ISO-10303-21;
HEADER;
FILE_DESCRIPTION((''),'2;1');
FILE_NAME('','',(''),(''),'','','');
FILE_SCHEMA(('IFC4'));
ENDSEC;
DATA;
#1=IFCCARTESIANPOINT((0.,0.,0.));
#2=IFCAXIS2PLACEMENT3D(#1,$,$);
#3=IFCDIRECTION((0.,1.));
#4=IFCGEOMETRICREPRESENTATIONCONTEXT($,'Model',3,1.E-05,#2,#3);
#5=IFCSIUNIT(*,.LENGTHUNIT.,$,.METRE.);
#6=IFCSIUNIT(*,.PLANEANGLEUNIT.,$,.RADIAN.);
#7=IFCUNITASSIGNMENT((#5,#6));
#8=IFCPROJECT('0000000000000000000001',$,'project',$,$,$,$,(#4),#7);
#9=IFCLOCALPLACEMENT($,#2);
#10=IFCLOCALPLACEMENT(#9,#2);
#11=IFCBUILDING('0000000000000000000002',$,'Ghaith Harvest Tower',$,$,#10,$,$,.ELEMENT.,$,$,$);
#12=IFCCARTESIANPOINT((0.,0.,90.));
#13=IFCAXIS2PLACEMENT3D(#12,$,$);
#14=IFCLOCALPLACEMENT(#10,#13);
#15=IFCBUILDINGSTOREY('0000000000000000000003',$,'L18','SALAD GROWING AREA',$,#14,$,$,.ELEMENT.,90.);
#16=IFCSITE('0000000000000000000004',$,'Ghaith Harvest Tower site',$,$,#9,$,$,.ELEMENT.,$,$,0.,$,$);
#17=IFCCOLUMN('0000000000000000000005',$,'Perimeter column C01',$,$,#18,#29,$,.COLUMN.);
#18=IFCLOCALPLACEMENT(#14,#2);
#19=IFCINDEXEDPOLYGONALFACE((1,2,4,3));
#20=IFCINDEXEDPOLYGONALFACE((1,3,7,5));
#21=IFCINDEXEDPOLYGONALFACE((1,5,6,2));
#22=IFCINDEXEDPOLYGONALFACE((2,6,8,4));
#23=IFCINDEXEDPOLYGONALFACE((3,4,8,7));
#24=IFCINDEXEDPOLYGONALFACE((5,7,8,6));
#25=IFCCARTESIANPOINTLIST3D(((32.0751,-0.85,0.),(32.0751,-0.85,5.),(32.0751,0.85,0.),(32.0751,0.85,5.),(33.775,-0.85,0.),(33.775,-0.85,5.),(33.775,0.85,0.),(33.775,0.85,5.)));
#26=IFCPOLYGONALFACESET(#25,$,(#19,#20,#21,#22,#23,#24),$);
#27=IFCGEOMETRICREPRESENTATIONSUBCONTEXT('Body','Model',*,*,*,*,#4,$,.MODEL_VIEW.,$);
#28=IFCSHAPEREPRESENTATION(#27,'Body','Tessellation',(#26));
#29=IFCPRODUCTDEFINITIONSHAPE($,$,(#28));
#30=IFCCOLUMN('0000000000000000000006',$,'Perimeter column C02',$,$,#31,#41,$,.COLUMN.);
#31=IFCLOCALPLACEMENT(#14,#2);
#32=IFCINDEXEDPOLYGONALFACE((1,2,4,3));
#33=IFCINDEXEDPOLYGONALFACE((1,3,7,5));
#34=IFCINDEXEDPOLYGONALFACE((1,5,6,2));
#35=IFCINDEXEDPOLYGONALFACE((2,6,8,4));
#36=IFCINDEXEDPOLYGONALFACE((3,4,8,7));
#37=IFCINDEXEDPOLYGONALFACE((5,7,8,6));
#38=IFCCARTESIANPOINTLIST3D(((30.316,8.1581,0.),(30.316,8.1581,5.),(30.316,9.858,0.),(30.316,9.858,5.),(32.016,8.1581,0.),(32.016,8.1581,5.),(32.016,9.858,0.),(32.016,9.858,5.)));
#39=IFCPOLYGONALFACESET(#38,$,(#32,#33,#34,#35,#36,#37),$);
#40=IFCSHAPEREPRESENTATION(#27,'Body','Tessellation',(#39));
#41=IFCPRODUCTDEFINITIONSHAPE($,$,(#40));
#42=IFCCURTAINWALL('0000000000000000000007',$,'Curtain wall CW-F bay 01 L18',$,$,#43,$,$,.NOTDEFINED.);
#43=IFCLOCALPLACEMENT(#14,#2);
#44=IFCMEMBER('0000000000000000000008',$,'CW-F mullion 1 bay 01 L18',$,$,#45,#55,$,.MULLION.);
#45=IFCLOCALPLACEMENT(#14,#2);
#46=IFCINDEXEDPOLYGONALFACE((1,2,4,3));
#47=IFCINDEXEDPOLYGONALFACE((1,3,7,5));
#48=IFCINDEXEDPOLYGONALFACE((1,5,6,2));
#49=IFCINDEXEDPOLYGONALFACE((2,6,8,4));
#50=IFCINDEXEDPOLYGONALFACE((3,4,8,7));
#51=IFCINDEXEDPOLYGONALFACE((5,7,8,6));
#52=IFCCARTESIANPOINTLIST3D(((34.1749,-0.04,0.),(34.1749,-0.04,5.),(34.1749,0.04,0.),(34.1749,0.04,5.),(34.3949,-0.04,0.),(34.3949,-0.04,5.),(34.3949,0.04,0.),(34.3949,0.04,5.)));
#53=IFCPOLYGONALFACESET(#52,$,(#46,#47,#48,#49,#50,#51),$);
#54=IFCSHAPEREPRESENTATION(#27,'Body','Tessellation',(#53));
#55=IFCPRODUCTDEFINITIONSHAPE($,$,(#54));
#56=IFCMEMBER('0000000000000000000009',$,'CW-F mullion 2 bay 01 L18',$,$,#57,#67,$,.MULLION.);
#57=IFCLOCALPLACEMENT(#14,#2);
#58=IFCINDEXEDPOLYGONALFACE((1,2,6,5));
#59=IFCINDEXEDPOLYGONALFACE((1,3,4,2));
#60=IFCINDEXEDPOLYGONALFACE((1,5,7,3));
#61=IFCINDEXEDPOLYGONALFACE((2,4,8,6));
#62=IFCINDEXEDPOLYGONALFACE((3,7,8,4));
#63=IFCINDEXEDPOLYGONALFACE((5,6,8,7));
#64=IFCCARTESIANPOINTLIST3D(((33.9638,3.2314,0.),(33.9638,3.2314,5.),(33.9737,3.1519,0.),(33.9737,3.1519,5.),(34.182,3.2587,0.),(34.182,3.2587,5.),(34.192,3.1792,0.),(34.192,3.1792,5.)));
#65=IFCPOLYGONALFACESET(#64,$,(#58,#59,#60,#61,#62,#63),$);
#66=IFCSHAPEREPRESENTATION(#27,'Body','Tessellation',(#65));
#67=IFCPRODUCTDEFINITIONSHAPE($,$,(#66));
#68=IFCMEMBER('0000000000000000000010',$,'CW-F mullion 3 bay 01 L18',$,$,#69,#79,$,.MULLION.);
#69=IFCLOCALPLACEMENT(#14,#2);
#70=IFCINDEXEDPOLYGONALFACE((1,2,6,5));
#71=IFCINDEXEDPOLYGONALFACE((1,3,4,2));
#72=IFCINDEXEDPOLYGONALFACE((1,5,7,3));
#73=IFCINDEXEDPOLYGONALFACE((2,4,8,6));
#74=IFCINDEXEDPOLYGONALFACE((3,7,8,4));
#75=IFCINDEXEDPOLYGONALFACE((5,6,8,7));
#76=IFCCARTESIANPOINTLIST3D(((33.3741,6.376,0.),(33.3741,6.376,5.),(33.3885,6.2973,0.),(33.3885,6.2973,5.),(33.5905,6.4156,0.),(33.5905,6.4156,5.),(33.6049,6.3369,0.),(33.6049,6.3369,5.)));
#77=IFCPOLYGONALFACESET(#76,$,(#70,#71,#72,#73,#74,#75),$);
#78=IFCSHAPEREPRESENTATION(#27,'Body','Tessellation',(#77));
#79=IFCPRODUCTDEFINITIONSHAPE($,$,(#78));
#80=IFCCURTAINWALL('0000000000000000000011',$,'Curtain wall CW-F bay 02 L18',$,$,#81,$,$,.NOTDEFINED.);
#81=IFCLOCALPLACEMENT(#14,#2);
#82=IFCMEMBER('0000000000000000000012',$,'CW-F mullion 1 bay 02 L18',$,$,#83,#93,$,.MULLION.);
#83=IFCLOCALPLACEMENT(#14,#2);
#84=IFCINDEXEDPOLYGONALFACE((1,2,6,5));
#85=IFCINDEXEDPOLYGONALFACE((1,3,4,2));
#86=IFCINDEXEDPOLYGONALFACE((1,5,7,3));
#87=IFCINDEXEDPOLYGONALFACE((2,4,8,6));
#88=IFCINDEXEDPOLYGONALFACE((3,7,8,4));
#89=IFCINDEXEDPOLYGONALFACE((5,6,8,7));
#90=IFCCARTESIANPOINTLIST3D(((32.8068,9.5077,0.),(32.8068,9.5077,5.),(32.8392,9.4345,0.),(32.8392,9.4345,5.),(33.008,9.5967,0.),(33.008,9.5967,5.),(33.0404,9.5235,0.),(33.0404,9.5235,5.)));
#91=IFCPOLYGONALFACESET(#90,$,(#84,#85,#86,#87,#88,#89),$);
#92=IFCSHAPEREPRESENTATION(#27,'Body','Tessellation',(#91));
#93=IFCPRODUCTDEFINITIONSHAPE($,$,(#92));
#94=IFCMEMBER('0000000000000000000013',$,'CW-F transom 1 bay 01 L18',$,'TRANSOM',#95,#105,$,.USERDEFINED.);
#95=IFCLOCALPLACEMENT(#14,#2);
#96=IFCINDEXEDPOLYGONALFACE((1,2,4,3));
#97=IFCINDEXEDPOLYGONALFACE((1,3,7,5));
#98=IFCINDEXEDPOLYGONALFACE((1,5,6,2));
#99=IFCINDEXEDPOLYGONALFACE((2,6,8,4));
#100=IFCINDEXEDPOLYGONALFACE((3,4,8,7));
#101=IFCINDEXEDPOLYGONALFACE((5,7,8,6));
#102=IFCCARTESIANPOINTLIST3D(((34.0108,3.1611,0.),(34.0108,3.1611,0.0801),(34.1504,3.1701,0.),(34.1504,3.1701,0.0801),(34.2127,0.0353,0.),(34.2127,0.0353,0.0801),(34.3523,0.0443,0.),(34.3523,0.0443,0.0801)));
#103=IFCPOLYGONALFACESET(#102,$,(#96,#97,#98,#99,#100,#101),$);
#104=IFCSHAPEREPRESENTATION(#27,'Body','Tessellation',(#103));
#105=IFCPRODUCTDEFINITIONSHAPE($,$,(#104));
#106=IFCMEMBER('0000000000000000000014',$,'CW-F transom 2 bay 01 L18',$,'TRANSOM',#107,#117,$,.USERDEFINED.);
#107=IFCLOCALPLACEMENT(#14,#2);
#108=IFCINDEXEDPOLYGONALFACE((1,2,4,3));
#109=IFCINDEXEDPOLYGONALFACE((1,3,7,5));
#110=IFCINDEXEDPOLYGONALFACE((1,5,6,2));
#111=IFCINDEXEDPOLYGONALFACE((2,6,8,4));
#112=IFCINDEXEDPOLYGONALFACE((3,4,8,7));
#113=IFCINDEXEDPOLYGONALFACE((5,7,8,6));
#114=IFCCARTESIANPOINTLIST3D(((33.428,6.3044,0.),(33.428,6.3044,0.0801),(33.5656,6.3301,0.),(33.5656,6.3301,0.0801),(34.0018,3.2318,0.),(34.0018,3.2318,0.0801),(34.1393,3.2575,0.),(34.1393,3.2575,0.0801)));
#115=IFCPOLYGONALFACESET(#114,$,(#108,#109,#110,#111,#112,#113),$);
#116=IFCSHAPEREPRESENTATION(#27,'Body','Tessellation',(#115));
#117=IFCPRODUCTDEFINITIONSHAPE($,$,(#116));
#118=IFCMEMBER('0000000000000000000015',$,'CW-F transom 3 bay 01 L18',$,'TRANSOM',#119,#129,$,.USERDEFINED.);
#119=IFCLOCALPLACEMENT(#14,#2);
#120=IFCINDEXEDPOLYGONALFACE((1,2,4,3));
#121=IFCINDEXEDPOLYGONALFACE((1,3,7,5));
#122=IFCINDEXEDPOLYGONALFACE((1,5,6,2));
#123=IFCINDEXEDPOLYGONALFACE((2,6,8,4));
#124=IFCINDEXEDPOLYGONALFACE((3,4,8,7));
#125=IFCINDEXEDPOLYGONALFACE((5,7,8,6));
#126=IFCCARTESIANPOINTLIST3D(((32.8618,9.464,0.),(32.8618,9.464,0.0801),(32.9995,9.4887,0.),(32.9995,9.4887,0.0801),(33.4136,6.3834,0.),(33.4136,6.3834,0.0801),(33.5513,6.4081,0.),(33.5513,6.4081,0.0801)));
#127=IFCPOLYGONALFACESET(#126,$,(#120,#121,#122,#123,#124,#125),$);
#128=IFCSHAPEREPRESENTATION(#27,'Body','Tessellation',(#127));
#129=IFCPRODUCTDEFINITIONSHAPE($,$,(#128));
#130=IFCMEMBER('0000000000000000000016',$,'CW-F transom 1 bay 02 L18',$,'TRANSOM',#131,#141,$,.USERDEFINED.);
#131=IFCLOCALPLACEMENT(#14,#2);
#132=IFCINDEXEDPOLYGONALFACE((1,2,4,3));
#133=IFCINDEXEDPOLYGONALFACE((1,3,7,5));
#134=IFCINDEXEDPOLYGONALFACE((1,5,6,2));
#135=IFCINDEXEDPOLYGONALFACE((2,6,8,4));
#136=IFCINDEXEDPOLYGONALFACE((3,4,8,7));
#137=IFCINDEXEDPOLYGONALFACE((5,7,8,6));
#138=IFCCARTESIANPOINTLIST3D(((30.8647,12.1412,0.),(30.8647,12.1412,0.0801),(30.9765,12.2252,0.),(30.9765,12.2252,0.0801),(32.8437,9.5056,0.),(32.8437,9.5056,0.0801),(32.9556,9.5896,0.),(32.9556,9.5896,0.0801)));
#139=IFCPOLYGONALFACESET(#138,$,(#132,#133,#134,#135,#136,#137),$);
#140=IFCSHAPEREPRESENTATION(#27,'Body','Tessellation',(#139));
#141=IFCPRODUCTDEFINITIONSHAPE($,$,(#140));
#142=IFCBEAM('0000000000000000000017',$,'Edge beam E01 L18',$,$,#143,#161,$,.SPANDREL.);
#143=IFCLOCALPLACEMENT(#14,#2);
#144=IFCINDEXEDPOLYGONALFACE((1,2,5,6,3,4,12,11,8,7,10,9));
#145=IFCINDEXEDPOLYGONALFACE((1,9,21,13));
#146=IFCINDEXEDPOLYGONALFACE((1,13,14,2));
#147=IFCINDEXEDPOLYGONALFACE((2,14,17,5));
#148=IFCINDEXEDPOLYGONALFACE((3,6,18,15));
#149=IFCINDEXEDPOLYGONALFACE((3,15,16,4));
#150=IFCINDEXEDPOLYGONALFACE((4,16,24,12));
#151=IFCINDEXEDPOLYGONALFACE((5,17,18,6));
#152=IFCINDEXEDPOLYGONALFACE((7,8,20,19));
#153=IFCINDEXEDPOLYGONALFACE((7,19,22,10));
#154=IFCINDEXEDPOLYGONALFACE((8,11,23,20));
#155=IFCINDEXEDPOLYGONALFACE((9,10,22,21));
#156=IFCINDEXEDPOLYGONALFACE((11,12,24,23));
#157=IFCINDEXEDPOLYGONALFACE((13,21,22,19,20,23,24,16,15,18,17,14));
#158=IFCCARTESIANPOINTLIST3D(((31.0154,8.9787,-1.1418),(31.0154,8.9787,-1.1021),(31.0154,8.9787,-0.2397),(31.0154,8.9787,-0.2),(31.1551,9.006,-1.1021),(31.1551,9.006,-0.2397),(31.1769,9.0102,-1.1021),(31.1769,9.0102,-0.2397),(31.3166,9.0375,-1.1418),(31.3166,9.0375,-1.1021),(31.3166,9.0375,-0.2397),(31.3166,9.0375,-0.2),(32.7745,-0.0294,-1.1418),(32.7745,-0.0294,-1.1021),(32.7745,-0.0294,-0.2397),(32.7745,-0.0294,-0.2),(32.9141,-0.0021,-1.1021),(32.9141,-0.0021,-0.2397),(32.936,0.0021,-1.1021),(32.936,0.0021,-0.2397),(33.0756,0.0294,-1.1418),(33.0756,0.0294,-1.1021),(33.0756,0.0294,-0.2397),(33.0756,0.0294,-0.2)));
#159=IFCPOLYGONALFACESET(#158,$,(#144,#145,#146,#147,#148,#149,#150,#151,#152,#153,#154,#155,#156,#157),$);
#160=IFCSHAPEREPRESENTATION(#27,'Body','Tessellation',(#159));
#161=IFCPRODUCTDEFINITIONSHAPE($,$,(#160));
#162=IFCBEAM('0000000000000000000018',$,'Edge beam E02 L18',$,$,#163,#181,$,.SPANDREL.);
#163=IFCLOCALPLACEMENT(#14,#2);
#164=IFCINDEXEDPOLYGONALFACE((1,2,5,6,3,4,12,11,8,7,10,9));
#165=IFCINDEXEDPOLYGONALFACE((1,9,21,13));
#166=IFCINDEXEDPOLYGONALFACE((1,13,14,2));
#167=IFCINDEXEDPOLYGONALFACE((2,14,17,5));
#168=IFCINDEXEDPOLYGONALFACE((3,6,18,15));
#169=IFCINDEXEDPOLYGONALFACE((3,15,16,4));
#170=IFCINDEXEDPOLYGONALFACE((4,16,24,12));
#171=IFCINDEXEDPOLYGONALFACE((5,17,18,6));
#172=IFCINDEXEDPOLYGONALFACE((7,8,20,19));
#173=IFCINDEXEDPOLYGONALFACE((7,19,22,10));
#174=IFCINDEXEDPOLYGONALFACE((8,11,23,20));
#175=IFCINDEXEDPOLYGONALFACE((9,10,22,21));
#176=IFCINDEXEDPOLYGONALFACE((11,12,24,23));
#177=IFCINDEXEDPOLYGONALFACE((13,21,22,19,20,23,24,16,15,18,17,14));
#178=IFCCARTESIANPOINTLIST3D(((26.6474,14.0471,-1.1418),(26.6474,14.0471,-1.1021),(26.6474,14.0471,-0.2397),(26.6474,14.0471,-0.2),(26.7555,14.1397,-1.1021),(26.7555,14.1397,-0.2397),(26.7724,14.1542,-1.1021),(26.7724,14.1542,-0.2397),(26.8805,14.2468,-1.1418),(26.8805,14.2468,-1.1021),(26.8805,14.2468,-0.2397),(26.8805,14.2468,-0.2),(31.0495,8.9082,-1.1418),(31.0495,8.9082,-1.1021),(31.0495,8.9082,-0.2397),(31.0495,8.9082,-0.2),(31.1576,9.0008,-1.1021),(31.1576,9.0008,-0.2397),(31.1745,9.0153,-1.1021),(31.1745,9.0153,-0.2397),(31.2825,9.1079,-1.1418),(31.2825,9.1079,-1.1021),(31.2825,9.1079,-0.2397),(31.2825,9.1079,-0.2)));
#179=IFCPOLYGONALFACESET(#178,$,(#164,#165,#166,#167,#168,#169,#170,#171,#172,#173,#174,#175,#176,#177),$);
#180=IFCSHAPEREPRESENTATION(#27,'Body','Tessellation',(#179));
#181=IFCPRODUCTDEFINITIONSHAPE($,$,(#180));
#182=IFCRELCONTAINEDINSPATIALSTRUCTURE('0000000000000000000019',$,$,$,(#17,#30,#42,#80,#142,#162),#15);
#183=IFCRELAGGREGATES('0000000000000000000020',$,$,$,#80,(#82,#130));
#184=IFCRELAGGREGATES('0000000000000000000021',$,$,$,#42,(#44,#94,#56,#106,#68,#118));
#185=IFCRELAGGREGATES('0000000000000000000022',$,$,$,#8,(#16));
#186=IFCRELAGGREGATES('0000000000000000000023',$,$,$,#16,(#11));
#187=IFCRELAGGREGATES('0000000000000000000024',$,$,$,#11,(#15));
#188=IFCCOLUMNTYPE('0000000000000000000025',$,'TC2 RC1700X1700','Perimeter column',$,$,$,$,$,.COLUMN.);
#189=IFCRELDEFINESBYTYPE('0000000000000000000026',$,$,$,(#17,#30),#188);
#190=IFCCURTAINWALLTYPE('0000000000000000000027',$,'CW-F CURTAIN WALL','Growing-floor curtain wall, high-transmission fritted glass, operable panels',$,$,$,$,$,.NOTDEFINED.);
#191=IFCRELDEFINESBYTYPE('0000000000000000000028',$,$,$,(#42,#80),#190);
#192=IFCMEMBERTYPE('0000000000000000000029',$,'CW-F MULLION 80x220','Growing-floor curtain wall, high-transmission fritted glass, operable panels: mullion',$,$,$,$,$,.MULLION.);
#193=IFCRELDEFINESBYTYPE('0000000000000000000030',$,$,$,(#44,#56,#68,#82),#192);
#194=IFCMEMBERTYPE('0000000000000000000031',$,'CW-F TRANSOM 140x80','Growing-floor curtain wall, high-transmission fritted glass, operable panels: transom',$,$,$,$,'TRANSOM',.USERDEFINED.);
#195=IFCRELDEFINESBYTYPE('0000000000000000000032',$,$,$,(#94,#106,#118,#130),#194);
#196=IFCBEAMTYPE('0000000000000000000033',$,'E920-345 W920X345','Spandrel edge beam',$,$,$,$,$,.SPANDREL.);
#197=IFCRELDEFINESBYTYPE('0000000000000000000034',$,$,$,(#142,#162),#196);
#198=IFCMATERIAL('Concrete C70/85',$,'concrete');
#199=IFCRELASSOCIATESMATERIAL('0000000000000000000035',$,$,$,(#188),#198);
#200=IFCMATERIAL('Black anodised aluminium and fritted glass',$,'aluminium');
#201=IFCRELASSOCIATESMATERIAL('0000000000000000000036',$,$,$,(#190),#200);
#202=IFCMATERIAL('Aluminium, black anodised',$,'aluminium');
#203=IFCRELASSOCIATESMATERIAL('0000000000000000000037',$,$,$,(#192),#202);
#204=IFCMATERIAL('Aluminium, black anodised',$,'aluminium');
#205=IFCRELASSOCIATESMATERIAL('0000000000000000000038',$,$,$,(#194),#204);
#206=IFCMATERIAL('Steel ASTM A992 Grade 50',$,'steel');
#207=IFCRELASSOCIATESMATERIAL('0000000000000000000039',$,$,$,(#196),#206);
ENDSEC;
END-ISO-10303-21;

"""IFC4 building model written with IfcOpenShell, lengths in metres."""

from ifc_helpers import new_model, si_unit, direction, frame, origin, origin_2d, place, context, subcontext, project, spatial, rectangle, i_section, extrude, material, material_profile, profile_set, type_object, element, aggregate, save


model = new_model("IFC4")

# Units and contexts
model_context = context("Model", 3, precision=1e-05, world=origin(), true_north=direction((0.0, 1.0)))
body_context = subcontext(model_context, "Body", "Model", "MODEL_VIEW")
ifc_project = project(units=[si_unit("LENGTHUNIT", "METRE"), si_unit("PLANEANGLEUNIT", "RADIAN")], contexts=[model_context])

# Site, building, storey
site_placement = place(None, origin())
site = spatial("IfcSite", under=ifc_project, at=site_placement, Name="Ghaith Harvest Tower site", CompositionType="ELEMENT", RefElevation=0.0)
building_placement = place(site_placement, origin())
building = spatial("IfcBuilding", under=site, at=building_placement, Name="Ghaith Harvest Tower", CompositionType="ELEMENT")
storey_placement = place(building_placement, frame((0.0, 0.0, 90.0)))
storey = spatial("IfcBuildingStorey", under=building, at=storey_placement, Name="L18", Description="SALAD GROWING AREA", CompositionType="ELEMENT", Elevation=90.0)

# Columns
ifc_material_1 = material(Name="Concrete C70/85", Category="concrete")
ifc_material_profile_1 = material_profile(ifc_material_1, rectangle(XDim=1.7, YDim=1.7, at=origin_2d()), Name="RC1700X1700")
ifc_profile_set_1 = profile_set([ifc_material_profile_1], Name="Concrete C70/85")
column_type = type_object("IfcColumnType", Name="TC2 RC1700X1700", Description="Perimeter column", PredefinedType="COLUMN", material=ifc_profile_set_1)
for number, where, z_axis, x_axis, name in (
    (1, (32.925, 0.0, 0.0), (0.0, 0.0, 1.0), (1.0, 0.0, 0.0), "Perimeter column C01"),
    (2, (31.166, 9.0081, 0.0), (0.0, 0.0, 1.0), (1.0, 0.0, 0.0), "Perimeter column C02"),
):
    element("IfcColumn", number, at=place(storey_placement, frame(where, z_axis=z_axis, x_axis=x_axis)), inside=storey, type_object=column_type, Name=name, PredefinedType="COLUMN", context=body_context, shape_type="SweptSolid", body=[
        extrude(rectangle(XDim=1.7, YDim=1.7, at=origin_2d()), origin(), (0.0, 0.0, 1.0), 5.0),
    ])

# Curtain wall, members
ifc_material_2 = material(Name="Black anodised aluminium and fritted glass", Category="aluminium")
curtain_wall_type = type_object("IfcCurtainWallType", Name="CW-F CURTAIN WALL", Description="Growing-floor curtain wall, high-transmission fritted glass, operable panels", PredefinedType="NOTDEFINED", material=ifc_material_2)
curtain_wall_1_placement = place(storey_placement, origin())
curtain_wall_1 = element("IfcCurtainWall", 3, at=curtain_wall_1_placement, inside=storey, type_object=curtain_wall_type, Name="Curtain wall CW-F bay 01 L18", PredefinedType="NOTDEFINED")
ifc_material_3 = material(Name="Aluminium, black anodised", Category="aluminium")
ifc_material_profile_2 = material_profile(ifc_material_3, rectangle(XDim=0.0801, YDim=0.22, at=origin_2d()), Name="CW-F MULLION 80x220")
ifc_profile_set_2 = profile_set([ifc_material_profile_2], Name="Aluminium, black anodised")
member_type_1 = type_object("IfcMemberType", Name="CW-F MULLION 80x220", Description="Growing-floor curtain wall, high-transmission fritted glass, operable panels: mullion", PredefinedType="MULLION", material=ifc_profile_set_2)
member_1_placement = place(storey_placement, frame((34.2849, 0.0, 0.0), z_axis=(0.0, 0.0, 1.0), x_axis=(0.0, 1.0, 0.0)))
member_1 = element("IfcMember", 4, at=member_1_placement, type_object=member_type_1, Name="CW-F mullion 1 bay 01 L18", PredefinedType="MULLION", context=body_context, shape_type="SweptSolid", body=[
    extrude(rectangle(XDim=0.0801, YDim=0.22, at=origin_2d()), origin(), (0.0, 0.0, 1.0), 5.0),
])
member_2_placement = place(storey_placement, frame((34.0779, 3.2053, 0.0), z_axis=(0.0, 0.0, 1.0), x_axis=(-0.12417, 0.992261, 0.0)))
member_2 = element("IfcMember", 5, at=member_2_placement, type_object=member_type_1, Name="CW-F mullion 2 bay 01 L18", PredefinedType="MULLION", context=body_context, shape_type="SweptSolid", body=[
    extrude(rectangle(XDim=0.0801, YDim=0.22, at=origin_2d()), origin(), (0.0, 0.0, 1.0), 5.0),
])
member_3_placement = place(storey_placement, frame((33.4895, 6.3564, 0.0), z_axis=(0.0, 0.0, 1.0), x_axis=(-0.179943, 0.983677, 0.0)))
member_3 = element("IfcMember", 6, at=member_3_placement, type_object=member_type_1, Name="CW-F mullion 3 bay 01 L18", PredefinedType="MULLION", context=body_context, shape_type="SweptSolid", body=[
    extrude(rectangle(XDim=0.0801, YDim=0.22, at=origin_2d()), origin(), (0.0, 0.0, 1.0), 5.0),
])

# Curtain wall, member
curtain_wall_2_placement = place(storey_placement, origin())
curtain_wall_2 = element("IfcCurtainWall", 7, at=curtain_wall_2_placement, inside=storey, type_object=curtain_wall_type, Name="Curtain wall CW-F bay 02 L18", PredefinedType="NOTDEFINED")
member_4_placement = place(storey_placement, frame((32.9236, 9.5156, 0.0), z_axis=(0.0, 0.0, 1.0), x_axis=(-0.404702, 0.914449, 0.0)))
member_4 = element("IfcMember", 8, at=member_4_placement, type_object=member_type_1, Name="CW-F mullion 1 bay 02 L18", PredefinedType="MULLION", context=body_context, shape_type="SweptSolid", body=[
    extrude(rectangle(XDim=0.0801, YDim=0.22, at=origin_2d()), origin(), (0.0, 0.0, 1.0), 5.0),
])

# Members
ifc_material_4 = material(Name="Aluminium, black anodised", Category="aluminium")
ifc_material_profile_3 = material_profile(ifc_material_4, rectangle(XDim=0.1399, YDim=0.0801, at=origin_2d()), Name="CW-F TRANSOM 140x80")
ifc_profile_set_3 = profile_set([ifc_material_profile_3], Name="Aluminium, black anodised")
member_type_2 = type_object("IfcMemberType", Name="CW-F TRANSOM 140x80", Description="Growing-floor curtain wall, high-transmission fritted glass, operable panels: transom", ElementType="TRANSOM", PredefinedType="USERDEFINED", material=ifc_profile_set_3)
member_5_placement = place(storey_placement, frame((34.2825, 0.0398, 0.04), z_axis=(-0.06446, 0.99792, 0.0), x_axis=(-0.99792, -0.06446, 0.0)))
member_5 = element("IfcMember", 9, at=member_5_placement, type_object=member_type_2, Name="CW-F transom 1 bay 01 L18", ObjectType="TRANSOM", PredefinedType="USERDEFINED", context=body_context, shape_type="SweptSolid", body=[
    extrude(rectangle(XDim=0.1399, YDim=0.0801, at=origin_2d()), origin(), (0.0, 0.0, 1.0), 3.1323),
])
member_6_placement = place(storey_placement, frame((34.0706, 3.2446, 0.04), z_axis=(-0.183557, 0.983009, 0.0), x_axis=(-0.983009, -0.183557, 0.0)))
member_6 = element("IfcMember", 10, at=member_6_placement, type_object=member_type_2, Name="CW-F transom 2 bay 01 L18", ObjectType="TRANSOM", PredefinedType="USERDEFINED", context=body_context, shape_type="SweptSolid", body=[
    extrude(rectangle(XDim=0.1399, YDim=0.0801, at=origin_2d()), origin(), (0.0, 0.0, 1.0), 3.1257),
])
member_7_placement = place(storey_placement, frame((33.4824, 6.3958, 0.04), z_axis=(-0.176304, 0.984336, 0.0), x_axis=(-0.984336, -0.176304, 0.0)))
member_7 = element("IfcMember", 11, at=member_7_placement, type_object=member_type_2, Name="CW-F transom 3 bay 01 L18", ObjectType="TRANSOM", PredefinedType="USERDEFINED", context=body_context, shape_type="SweptSolid", body=[
    extrude(rectangle(XDim=0.1399, YDim=0.0801, at=origin_2d()), origin(), (0.0, 0.0, 1.0), 3.1296),
])
member_8_placement = place(storey_placement, frame((32.8997, 9.5476, 0.04), z_axis=(-0.600462, 0.799653, 0.0), x_axis=(-0.799653, -0.600462, 0.0)))
member_8 = element("IfcMember", 12, at=member_8_placement, type_object=member_type_2, Name="CW-F transom 1 bay 02 L18", ObjectType="TRANSOM", PredefinedType="USERDEFINED", context=body_context, shape_type="SweptSolid", body=[
    extrude(rectangle(XDim=0.1399, YDim=0.0801, at=origin_2d()), origin(), (0.0, 0.0, 1.0), 3.2959),
])
aggregate(curtain_wall_2, [member_4, member_8])

# Beams
ifc_material_5 = material(Name="Steel ASTM A992 Grade 50", Category="steel")
ifc_material_profile_4 = material_profile(ifc_material_5, i_section(OverallWidth=0.3069, OverallDepth=0.9419, WebThickness=0.0222, FlangeThickness=0.0398, at=origin_2d()), Name="W920X345")
ifc_profile_set_4 = profile_set([ifc_material_profile_4], Name="Steel ASTM A992 Grade 50")
beam_type_1 = type_object("IfcBeamType", Name="E920-345 W920X345", Description="Spandrel edge beam", PredefinedType="SPANDREL", material=ifc_profile_set_4)
beam_1_placement = place(storey_placement, frame((32.925, 0.0, -0.6709), z_axis=(-0.191653, 0.981463, 0.0), x_axis=(-0.981463, -0.191653, 0.0)))
element("IfcBeam", 13, at=beam_1_placement, inside=storey, type_object=beam_type_1, Name="Edge beam E01 L18", PredefinedType="SPANDREL", context=body_context, shape_type="SweptSolid", body=[
    extrude(i_section(OverallWidth=0.3069, OverallDepth=0.9419, WebThickness=0.0222, FlangeThickness=0.0398, at=origin_2d()), origin(), (0.0, 0.0, 1.0), 9.1782),
])
beam_2_placement = place(storey_placement, frame((31.166, 9.0081, -0.6709), z_axis=(-0.650563, 0.759453, 0.0), x_axis=(-0.759453, -0.650563, 0.0)))
element("IfcBeam", 14, at=beam_2_placement, inside=storey, type_object=beam_type_1, Name="Edge beam E02 L18", PredefinedType="SPANDREL", context=body_context, shape_type="SweptSolid", body=[
    extrude(i_section(OverallWidth=0.3069, OverallDepth=0.9419, WebThickness=0.0222, FlangeThickness=0.0398, at=origin_2d()), origin(), (0.0, 0.0, 1.0), 6.7666),
])

aggregate(curtain_wall_1, [member_1, member_5, member_2, member_6, member_3, member_7])

save(model, "model.ifc")
